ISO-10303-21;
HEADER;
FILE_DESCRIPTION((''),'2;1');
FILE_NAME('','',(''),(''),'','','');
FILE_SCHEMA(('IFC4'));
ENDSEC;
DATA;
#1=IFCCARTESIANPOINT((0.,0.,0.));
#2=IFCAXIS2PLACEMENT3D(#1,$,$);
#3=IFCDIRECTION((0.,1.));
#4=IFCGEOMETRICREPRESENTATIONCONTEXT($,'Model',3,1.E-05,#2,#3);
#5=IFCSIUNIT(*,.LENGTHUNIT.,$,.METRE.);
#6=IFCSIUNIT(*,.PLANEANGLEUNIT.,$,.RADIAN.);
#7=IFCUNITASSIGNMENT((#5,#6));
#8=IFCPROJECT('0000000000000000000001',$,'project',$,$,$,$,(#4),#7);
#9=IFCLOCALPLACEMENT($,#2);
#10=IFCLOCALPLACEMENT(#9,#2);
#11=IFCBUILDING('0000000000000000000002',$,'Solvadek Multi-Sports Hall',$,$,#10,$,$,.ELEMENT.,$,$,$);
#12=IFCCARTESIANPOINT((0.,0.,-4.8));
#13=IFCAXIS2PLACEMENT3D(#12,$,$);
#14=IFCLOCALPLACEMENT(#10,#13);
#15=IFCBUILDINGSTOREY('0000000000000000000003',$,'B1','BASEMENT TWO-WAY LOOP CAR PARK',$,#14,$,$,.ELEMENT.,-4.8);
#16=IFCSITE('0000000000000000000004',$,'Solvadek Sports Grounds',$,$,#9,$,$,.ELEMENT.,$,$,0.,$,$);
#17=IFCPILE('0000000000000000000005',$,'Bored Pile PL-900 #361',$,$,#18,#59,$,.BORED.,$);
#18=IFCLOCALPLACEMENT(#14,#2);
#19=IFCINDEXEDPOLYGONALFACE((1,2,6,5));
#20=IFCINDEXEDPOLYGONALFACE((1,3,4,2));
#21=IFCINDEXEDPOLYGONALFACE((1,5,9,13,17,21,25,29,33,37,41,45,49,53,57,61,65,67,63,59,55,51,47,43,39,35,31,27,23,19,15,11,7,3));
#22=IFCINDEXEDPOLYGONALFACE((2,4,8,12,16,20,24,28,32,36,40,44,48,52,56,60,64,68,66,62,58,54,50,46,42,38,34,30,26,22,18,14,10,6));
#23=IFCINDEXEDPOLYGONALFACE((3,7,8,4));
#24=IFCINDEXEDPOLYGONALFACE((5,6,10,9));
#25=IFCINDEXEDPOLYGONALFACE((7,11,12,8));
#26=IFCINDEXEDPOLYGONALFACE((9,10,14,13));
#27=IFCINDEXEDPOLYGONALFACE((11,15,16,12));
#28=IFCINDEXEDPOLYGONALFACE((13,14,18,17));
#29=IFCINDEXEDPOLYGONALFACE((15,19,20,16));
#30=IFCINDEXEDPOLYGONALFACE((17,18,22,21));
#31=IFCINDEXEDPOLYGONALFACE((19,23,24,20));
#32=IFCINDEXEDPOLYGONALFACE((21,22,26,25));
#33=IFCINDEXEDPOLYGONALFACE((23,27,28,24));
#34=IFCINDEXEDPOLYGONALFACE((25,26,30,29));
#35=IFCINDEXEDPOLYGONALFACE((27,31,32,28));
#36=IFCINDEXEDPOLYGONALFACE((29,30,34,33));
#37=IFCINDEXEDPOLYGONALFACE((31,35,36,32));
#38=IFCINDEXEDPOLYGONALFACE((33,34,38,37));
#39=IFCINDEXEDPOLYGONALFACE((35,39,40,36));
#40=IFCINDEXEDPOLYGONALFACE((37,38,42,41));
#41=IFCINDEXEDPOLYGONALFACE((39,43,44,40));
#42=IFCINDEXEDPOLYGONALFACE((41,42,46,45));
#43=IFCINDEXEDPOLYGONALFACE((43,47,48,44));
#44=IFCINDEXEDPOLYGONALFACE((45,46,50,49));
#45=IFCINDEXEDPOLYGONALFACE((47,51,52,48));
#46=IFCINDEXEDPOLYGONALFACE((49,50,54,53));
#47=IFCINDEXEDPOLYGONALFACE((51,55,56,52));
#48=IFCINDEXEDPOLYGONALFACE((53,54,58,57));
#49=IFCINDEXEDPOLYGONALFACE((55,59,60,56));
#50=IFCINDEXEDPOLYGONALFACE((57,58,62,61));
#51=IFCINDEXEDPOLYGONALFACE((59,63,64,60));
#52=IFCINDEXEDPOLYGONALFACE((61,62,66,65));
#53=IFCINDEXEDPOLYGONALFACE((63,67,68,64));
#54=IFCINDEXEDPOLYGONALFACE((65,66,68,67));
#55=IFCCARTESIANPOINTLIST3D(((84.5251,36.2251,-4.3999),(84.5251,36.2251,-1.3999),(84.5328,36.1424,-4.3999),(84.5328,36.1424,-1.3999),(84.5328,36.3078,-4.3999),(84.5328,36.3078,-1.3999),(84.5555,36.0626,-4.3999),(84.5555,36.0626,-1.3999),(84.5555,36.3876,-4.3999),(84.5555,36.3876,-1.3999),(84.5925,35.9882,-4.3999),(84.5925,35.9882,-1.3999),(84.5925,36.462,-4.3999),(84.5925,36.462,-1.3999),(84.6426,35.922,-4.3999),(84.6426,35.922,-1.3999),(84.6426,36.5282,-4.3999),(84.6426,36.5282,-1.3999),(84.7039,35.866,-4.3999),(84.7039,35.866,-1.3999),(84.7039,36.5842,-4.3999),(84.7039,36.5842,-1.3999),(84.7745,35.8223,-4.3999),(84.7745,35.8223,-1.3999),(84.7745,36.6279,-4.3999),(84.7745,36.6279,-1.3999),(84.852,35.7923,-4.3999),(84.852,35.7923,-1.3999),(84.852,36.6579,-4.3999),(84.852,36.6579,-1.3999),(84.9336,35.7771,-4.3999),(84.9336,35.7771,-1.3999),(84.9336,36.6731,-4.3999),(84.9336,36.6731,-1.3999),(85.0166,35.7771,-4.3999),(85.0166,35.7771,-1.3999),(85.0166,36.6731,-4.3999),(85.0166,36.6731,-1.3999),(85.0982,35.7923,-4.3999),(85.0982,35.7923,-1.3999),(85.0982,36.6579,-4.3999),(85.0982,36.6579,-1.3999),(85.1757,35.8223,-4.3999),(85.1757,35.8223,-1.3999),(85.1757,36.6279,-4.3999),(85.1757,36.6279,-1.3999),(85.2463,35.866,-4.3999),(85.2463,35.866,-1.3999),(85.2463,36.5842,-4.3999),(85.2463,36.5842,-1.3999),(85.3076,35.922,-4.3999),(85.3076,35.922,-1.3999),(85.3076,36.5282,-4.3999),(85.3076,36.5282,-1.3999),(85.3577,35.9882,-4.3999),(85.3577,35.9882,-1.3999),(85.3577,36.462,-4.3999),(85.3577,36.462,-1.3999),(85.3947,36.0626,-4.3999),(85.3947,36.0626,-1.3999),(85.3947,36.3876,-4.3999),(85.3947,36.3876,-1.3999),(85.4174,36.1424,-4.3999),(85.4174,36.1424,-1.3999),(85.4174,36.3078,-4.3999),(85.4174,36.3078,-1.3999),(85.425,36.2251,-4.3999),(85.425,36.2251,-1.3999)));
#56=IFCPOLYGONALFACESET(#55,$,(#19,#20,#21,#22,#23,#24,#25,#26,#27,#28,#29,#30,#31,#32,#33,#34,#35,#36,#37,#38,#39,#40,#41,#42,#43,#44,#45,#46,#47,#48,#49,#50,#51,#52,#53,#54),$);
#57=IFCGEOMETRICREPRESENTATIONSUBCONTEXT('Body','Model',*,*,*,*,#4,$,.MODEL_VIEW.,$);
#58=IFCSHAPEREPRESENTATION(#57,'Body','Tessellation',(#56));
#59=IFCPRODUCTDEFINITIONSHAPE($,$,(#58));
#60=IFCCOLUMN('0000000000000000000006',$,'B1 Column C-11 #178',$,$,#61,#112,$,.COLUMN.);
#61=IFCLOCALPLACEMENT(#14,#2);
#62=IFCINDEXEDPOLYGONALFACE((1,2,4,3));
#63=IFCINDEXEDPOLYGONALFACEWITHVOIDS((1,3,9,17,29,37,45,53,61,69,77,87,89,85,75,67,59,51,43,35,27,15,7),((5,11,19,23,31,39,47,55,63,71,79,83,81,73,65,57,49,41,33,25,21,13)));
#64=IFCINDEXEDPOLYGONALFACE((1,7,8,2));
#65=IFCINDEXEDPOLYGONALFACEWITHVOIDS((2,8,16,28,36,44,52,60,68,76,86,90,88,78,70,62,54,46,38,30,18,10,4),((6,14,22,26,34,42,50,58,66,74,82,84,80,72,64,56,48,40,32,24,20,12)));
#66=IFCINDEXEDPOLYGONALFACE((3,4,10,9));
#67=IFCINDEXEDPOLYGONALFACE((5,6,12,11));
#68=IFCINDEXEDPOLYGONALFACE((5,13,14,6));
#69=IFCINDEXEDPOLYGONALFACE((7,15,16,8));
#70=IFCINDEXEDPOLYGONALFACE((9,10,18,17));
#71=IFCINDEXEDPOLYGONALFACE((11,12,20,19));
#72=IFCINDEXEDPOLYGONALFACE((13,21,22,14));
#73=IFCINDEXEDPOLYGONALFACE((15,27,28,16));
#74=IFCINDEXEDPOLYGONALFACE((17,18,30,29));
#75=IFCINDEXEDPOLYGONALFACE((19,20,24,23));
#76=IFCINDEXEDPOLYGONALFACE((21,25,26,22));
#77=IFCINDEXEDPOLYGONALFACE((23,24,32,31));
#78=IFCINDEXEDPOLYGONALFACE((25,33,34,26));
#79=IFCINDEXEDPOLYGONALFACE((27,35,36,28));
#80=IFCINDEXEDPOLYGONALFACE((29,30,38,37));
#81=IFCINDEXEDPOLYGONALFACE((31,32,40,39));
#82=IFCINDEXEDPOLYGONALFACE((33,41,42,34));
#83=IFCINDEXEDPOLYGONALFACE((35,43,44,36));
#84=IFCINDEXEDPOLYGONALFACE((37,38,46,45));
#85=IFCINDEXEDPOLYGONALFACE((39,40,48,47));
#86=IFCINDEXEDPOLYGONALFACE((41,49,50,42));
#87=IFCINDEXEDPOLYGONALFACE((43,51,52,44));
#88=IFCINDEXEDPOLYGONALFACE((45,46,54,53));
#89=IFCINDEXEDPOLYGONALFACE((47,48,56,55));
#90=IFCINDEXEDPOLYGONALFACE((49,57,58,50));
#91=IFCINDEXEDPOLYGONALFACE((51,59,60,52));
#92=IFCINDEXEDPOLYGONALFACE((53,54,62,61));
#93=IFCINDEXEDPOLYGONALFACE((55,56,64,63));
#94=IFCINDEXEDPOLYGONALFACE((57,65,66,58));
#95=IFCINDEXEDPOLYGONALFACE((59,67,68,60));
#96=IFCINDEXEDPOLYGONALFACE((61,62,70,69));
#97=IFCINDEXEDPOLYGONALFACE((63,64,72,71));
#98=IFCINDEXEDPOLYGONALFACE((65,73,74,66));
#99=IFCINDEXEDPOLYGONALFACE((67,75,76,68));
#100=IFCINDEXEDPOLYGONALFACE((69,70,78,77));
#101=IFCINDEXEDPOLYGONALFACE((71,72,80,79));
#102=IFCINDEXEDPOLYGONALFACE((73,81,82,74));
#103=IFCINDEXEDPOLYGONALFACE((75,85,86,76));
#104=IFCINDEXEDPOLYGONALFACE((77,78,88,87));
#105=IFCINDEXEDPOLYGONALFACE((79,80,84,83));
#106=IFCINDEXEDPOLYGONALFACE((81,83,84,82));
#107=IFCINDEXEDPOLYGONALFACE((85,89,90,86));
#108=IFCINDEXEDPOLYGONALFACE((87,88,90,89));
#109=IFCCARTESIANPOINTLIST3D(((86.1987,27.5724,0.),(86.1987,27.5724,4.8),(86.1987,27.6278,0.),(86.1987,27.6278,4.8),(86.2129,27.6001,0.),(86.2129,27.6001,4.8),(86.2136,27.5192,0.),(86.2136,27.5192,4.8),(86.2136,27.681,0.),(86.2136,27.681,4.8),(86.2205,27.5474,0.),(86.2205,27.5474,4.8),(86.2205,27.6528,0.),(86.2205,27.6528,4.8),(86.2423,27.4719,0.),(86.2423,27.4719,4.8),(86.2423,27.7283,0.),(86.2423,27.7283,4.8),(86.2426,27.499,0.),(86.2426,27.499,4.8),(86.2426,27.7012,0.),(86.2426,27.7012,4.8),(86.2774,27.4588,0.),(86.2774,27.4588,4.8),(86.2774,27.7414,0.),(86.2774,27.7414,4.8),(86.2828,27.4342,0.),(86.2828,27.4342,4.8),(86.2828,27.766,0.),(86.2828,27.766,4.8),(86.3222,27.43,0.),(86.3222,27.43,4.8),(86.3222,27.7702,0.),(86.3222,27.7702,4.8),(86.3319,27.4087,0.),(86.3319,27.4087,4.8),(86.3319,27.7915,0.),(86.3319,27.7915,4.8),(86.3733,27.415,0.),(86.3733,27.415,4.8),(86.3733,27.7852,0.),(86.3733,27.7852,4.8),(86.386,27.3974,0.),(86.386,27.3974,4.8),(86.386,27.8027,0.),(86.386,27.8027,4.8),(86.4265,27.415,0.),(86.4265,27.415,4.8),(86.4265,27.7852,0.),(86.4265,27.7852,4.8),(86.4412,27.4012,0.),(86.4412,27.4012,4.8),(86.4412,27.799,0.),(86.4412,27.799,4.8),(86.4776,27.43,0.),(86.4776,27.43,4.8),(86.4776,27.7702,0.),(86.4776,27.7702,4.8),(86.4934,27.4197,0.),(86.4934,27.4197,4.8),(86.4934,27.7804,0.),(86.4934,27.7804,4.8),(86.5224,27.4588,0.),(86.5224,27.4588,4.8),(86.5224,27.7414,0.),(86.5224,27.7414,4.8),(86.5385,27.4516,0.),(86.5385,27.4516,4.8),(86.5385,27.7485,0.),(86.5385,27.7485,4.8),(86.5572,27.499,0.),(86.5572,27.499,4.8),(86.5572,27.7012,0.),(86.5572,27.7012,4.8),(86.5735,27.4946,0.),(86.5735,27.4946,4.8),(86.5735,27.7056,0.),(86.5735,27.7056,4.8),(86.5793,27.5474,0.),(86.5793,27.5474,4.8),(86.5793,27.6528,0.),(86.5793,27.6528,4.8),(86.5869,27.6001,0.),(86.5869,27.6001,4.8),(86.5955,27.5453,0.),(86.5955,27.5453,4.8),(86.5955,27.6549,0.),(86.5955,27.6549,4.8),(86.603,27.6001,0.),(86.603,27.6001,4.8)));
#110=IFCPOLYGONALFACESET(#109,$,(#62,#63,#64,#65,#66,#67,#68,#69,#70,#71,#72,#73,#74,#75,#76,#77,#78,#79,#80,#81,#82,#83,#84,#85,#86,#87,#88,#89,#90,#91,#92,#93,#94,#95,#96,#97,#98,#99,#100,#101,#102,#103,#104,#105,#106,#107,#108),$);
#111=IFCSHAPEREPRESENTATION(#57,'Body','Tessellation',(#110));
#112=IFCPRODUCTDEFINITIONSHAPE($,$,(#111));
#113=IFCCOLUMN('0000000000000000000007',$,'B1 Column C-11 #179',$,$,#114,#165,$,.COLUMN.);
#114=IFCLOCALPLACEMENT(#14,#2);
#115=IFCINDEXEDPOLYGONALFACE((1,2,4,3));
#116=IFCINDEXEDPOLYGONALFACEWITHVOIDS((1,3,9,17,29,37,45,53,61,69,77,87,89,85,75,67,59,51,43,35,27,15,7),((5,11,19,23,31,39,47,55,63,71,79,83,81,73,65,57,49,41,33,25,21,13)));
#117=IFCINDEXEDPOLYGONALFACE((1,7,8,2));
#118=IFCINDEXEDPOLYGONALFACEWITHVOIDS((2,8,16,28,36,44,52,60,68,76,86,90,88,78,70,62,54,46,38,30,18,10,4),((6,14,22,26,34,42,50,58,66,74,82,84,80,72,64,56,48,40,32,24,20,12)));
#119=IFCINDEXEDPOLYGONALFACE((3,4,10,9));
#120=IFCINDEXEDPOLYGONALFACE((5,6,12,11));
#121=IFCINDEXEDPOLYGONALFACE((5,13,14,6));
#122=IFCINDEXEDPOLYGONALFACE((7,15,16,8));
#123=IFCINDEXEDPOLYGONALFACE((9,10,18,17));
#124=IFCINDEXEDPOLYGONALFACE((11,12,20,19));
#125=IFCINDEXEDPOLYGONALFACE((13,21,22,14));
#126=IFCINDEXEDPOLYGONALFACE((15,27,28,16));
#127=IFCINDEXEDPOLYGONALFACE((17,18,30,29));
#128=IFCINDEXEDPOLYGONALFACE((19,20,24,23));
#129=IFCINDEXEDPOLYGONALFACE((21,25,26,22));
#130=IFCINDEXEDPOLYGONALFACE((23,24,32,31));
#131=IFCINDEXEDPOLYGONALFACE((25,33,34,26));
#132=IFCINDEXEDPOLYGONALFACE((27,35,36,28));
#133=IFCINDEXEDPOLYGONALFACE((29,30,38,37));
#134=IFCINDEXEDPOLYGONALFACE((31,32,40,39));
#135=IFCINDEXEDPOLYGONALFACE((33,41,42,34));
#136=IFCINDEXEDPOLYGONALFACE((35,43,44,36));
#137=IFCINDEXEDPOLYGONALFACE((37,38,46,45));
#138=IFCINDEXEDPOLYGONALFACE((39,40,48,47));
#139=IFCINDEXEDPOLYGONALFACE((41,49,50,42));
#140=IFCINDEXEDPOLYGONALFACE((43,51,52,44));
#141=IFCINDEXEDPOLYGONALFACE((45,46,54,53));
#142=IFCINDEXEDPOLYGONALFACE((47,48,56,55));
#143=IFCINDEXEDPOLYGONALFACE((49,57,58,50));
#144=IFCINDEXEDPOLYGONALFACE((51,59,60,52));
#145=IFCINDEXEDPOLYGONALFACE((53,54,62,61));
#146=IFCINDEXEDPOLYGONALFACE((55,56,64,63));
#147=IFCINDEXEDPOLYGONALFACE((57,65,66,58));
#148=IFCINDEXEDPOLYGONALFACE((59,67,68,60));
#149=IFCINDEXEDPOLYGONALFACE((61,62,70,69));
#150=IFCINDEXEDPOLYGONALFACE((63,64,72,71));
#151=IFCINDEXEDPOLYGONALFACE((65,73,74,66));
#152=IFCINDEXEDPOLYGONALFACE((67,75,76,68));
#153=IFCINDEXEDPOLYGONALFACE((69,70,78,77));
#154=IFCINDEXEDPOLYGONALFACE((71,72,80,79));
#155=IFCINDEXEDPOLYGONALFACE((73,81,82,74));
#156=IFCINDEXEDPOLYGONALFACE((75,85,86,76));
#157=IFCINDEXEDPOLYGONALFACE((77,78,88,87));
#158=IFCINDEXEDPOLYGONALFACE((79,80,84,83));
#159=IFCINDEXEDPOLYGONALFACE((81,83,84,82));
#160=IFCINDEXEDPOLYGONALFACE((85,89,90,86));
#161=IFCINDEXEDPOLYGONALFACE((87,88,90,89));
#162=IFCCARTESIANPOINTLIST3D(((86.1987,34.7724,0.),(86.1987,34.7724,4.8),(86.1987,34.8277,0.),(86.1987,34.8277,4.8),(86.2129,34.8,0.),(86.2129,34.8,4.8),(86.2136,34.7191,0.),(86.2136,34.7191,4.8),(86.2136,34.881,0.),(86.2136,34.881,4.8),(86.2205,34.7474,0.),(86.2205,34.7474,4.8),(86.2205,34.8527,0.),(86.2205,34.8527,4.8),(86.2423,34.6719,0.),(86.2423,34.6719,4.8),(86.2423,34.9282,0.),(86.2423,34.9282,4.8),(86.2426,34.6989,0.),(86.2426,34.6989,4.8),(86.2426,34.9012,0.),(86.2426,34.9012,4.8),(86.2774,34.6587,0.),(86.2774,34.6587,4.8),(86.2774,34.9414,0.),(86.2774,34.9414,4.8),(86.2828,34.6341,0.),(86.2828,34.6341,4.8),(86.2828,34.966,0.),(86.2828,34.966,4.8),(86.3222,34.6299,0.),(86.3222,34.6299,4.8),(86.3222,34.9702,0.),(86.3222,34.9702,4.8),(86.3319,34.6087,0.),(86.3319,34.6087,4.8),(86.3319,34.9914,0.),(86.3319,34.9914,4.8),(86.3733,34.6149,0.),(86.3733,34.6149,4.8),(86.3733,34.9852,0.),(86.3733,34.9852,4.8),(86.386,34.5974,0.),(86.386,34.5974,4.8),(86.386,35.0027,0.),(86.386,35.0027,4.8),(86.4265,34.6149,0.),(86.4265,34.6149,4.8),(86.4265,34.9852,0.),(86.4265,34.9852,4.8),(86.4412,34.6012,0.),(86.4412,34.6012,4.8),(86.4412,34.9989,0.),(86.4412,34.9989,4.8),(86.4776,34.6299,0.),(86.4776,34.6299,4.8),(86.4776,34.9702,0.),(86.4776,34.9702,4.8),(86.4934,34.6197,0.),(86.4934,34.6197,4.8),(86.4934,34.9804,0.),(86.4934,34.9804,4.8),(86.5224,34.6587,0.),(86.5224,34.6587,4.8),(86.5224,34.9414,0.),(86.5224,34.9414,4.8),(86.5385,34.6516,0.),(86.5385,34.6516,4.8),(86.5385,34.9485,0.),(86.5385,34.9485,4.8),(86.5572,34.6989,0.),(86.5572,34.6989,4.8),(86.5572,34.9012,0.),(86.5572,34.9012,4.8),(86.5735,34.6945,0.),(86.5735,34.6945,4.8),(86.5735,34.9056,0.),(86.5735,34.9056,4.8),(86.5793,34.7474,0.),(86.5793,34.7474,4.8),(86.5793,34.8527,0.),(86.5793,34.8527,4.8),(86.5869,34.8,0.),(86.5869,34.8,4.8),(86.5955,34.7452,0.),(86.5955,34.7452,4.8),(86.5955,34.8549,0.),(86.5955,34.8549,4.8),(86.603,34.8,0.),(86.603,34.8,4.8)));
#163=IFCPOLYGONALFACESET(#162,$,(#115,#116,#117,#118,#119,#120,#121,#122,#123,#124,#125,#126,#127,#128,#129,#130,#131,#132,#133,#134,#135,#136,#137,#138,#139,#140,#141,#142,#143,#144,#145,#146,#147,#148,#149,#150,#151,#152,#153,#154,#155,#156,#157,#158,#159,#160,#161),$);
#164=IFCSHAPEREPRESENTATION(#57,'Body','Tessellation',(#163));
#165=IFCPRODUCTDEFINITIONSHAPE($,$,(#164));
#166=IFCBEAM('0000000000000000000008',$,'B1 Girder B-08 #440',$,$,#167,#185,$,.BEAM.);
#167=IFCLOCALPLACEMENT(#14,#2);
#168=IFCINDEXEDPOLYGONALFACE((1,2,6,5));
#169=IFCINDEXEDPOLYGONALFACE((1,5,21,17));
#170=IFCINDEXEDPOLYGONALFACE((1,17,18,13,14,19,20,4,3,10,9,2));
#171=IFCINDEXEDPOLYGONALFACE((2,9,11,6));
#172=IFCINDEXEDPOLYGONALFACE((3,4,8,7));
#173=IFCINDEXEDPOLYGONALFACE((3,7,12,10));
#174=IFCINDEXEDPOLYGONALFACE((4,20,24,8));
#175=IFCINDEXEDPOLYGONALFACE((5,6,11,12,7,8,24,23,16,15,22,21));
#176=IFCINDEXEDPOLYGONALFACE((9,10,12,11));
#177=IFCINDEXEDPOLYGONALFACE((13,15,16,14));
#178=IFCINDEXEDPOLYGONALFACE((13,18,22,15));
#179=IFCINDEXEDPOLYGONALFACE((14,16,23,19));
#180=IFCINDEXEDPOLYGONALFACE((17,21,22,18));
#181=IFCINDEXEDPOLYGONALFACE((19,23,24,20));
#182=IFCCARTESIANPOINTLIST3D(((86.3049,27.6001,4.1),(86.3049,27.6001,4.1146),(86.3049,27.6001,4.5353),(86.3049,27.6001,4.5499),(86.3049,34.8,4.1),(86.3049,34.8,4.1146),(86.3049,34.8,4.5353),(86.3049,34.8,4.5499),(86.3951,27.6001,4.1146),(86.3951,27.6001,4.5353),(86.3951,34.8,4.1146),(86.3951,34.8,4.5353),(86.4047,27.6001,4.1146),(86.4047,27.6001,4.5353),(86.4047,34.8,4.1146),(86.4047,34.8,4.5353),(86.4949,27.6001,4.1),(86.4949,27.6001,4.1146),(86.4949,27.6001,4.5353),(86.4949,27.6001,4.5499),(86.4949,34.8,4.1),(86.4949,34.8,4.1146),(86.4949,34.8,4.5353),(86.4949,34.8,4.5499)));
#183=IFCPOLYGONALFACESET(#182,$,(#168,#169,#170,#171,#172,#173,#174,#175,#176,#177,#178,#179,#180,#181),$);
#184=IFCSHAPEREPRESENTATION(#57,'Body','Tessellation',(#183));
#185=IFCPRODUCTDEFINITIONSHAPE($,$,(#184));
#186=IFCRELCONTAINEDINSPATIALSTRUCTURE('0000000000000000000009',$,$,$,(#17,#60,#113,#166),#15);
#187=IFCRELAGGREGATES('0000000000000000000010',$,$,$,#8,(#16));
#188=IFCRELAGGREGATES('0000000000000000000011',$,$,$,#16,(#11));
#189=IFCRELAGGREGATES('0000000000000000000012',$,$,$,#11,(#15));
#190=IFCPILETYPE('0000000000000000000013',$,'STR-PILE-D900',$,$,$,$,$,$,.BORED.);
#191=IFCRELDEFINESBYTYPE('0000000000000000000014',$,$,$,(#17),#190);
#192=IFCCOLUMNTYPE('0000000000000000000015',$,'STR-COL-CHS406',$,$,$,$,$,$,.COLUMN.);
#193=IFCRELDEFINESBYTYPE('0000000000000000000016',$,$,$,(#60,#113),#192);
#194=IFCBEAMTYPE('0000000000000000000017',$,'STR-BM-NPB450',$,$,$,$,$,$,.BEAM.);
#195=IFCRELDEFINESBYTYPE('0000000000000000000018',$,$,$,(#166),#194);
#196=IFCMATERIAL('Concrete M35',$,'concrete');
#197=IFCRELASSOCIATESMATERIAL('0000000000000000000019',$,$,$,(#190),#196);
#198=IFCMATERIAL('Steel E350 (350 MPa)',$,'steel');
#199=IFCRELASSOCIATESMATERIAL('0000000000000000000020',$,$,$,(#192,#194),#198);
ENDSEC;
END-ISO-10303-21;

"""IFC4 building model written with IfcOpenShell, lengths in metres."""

from ifc_helpers import new_model, si_unit, direction, frame, origin, origin_2d, place, context, subcontext, project, spatial, circle, hollow_circle, i_section, extrude, material, material_profile, profile_set, type_object, element, save


model = new_model("IFC4")

# Units and contexts
model_context = context("Model", 3, precision=1e-05, world=origin(), true_north=direction((0.0, 1.0)))
body_context = subcontext(model_context, "Body", "Model", "MODEL_VIEW")
ifc_project = project(units=[si_unit("LENGTHUNIT", "METRE"), si_unit("PLANEANGLEUNIT", "RADIAN")], contexts=[model_context])

# Site, building, storey
site_placement = place(None, origin())
site = spatial("IfcSite", under=ifc_project, at=site_placement, Name="Solvadek Sports Grounds", CompositionType="ELEMENT", RefElevation=0.0)
building_placement = place(site_placement, origin())
building = spatial("IfcBuilding", under=site, at=building_placement, Name="Solvadek Multi-Sports Hall", CompositionType="ELEMENT")
storey_placement = place(building_placement, frame((0.0, 0.0, -4.8)))
storey = spatial("IfcBuildingStorey", under=building, at=storey_placement, Name="B1", Description="BASEMENT TWO-WAY LOOP CAR PARK", CompositionType="ELEMENT", Elevation=-4.8)

# Pile
ifc_material_1 = material(Name="Concrete M35", Category="concrete")
ifc_material_profile_1 = material_profile(ifc_material_1, circle(Radius=0.45, at=origin_2d()), Name="BORED PILE D900")
ifc_profile_set_1 = profile_set([ifc_material_profile_1], Name="Concrete M35")
pile_type_1 = type_object("IfcPileType", Name="STR-PILE-D900", PredefinedType="BORED", material=ifc_profile_set_1)
for number, where, z_axis, x_axis, name in (
    (1, (84.9751, 36.2251, -1.3999), (0.0, 0.0, -1.0), (1.0, 0.0, 0.0), "Bored Pile PL-900 #361"),
):
    element("IfcPile", number, at=place(storey_placement, frame(where, z_axis=z_axis, x_axis=x_axis)), inside=storey, type_object=pile_type_1, Name=name, PredefinedType="BORED", context=body_context, shape_type="SweptSolid", body=[
        extrude(circle(Radius=0.45, at=origin_2d()), origin(), (0.0, 0.0, 1.0), 3.0),
    ])

# Columns
ifc_material_2 = material(Name="Steel E350 (350 MPa)", Category="steel")
ifc_material_profile_2 = material_profile(ifc_material_2, hollow_circle(Radius=0.2031, WallThickness=0.0161, at=origin_2d()), Name="CHS 406.4x16")
ifc_profile_set_2 = profile_set([ifc_material_profile_2], Name="Steel E350 (350 MPa)")
column_type = type_object("IfcColumnType", Name="STR-COL-CHS406", PredefinedType="COLUMN", material=ifc_profile_set_2)
for number, where, z_axis, x_axis, name in (
    (2, (86.3999, 27.6001, 0.0), (0.0, 0.0, 1.0), (1.0, 0.0, 0.0), "B1 Column C-11 #178"),
    (3, (86.3999, 34.8, 0.0), (0.0, 0.0, 1.0), (1.0, 0.0, 0.0), "B1 Column C-11 #179"),
):
    element("IfcColumn", number, at=place(storey_placement, frame(where, z_axis=z_axis, x_axis=x_axis)), inside=storey, type_object=column_type, Name=name, PredefinedType="COLUMN", context=body_context, shape_type="SweptSolid", body=[
        extrude(hollow_circle(Radius=0.2031, WallThickness=0.0161, at=origin_2d()), origin(), (0.0, 0.0, 1.0), 4.8),
    ])

# Beam
ifc_material_profile_3 = material_profile(ifc_material_2, i_section(OverallWidth=0.1899, OverallDepth=0.45, WebThickness=0.0095, FlangeThickness=0.0146, at=origin_2d()), Name="NPB 450")
ifc_profile_set_3 = profile_set([ifc_material_profile_3], Name="Steel E350 (350 MPa)")
beam_type_1 = type_object("IfcBeamType", Name="STR-BM-NPB450", PredefinedType="BEAM", material=ifc_profile_set_3)
beam_1_placement = place(storey_placement, frame((86.3999, 27.6001, 4.325), z_axis=(0.0, 1.0, 0.0), x_axis=(-1.0, 0.0, 0.0)))
element("IfcBeam", 4, at=beam_1_placement, inside=storey, type_object=beam_type_1, Name="B1 Girder B-08 #440", PredefinedType="BEAM", context=body_context, shape_type="SweptSolid", body=[
    extrude(i_section(OverallWidth=0.1899, OverallDepth=0.45, WebThickness=0.0095, FlangeThickness=0.0146, at=origin_2d()), origin(), (0.0, 0.0, 1.0), 7.2),
])

save(model, "model.ifc")
